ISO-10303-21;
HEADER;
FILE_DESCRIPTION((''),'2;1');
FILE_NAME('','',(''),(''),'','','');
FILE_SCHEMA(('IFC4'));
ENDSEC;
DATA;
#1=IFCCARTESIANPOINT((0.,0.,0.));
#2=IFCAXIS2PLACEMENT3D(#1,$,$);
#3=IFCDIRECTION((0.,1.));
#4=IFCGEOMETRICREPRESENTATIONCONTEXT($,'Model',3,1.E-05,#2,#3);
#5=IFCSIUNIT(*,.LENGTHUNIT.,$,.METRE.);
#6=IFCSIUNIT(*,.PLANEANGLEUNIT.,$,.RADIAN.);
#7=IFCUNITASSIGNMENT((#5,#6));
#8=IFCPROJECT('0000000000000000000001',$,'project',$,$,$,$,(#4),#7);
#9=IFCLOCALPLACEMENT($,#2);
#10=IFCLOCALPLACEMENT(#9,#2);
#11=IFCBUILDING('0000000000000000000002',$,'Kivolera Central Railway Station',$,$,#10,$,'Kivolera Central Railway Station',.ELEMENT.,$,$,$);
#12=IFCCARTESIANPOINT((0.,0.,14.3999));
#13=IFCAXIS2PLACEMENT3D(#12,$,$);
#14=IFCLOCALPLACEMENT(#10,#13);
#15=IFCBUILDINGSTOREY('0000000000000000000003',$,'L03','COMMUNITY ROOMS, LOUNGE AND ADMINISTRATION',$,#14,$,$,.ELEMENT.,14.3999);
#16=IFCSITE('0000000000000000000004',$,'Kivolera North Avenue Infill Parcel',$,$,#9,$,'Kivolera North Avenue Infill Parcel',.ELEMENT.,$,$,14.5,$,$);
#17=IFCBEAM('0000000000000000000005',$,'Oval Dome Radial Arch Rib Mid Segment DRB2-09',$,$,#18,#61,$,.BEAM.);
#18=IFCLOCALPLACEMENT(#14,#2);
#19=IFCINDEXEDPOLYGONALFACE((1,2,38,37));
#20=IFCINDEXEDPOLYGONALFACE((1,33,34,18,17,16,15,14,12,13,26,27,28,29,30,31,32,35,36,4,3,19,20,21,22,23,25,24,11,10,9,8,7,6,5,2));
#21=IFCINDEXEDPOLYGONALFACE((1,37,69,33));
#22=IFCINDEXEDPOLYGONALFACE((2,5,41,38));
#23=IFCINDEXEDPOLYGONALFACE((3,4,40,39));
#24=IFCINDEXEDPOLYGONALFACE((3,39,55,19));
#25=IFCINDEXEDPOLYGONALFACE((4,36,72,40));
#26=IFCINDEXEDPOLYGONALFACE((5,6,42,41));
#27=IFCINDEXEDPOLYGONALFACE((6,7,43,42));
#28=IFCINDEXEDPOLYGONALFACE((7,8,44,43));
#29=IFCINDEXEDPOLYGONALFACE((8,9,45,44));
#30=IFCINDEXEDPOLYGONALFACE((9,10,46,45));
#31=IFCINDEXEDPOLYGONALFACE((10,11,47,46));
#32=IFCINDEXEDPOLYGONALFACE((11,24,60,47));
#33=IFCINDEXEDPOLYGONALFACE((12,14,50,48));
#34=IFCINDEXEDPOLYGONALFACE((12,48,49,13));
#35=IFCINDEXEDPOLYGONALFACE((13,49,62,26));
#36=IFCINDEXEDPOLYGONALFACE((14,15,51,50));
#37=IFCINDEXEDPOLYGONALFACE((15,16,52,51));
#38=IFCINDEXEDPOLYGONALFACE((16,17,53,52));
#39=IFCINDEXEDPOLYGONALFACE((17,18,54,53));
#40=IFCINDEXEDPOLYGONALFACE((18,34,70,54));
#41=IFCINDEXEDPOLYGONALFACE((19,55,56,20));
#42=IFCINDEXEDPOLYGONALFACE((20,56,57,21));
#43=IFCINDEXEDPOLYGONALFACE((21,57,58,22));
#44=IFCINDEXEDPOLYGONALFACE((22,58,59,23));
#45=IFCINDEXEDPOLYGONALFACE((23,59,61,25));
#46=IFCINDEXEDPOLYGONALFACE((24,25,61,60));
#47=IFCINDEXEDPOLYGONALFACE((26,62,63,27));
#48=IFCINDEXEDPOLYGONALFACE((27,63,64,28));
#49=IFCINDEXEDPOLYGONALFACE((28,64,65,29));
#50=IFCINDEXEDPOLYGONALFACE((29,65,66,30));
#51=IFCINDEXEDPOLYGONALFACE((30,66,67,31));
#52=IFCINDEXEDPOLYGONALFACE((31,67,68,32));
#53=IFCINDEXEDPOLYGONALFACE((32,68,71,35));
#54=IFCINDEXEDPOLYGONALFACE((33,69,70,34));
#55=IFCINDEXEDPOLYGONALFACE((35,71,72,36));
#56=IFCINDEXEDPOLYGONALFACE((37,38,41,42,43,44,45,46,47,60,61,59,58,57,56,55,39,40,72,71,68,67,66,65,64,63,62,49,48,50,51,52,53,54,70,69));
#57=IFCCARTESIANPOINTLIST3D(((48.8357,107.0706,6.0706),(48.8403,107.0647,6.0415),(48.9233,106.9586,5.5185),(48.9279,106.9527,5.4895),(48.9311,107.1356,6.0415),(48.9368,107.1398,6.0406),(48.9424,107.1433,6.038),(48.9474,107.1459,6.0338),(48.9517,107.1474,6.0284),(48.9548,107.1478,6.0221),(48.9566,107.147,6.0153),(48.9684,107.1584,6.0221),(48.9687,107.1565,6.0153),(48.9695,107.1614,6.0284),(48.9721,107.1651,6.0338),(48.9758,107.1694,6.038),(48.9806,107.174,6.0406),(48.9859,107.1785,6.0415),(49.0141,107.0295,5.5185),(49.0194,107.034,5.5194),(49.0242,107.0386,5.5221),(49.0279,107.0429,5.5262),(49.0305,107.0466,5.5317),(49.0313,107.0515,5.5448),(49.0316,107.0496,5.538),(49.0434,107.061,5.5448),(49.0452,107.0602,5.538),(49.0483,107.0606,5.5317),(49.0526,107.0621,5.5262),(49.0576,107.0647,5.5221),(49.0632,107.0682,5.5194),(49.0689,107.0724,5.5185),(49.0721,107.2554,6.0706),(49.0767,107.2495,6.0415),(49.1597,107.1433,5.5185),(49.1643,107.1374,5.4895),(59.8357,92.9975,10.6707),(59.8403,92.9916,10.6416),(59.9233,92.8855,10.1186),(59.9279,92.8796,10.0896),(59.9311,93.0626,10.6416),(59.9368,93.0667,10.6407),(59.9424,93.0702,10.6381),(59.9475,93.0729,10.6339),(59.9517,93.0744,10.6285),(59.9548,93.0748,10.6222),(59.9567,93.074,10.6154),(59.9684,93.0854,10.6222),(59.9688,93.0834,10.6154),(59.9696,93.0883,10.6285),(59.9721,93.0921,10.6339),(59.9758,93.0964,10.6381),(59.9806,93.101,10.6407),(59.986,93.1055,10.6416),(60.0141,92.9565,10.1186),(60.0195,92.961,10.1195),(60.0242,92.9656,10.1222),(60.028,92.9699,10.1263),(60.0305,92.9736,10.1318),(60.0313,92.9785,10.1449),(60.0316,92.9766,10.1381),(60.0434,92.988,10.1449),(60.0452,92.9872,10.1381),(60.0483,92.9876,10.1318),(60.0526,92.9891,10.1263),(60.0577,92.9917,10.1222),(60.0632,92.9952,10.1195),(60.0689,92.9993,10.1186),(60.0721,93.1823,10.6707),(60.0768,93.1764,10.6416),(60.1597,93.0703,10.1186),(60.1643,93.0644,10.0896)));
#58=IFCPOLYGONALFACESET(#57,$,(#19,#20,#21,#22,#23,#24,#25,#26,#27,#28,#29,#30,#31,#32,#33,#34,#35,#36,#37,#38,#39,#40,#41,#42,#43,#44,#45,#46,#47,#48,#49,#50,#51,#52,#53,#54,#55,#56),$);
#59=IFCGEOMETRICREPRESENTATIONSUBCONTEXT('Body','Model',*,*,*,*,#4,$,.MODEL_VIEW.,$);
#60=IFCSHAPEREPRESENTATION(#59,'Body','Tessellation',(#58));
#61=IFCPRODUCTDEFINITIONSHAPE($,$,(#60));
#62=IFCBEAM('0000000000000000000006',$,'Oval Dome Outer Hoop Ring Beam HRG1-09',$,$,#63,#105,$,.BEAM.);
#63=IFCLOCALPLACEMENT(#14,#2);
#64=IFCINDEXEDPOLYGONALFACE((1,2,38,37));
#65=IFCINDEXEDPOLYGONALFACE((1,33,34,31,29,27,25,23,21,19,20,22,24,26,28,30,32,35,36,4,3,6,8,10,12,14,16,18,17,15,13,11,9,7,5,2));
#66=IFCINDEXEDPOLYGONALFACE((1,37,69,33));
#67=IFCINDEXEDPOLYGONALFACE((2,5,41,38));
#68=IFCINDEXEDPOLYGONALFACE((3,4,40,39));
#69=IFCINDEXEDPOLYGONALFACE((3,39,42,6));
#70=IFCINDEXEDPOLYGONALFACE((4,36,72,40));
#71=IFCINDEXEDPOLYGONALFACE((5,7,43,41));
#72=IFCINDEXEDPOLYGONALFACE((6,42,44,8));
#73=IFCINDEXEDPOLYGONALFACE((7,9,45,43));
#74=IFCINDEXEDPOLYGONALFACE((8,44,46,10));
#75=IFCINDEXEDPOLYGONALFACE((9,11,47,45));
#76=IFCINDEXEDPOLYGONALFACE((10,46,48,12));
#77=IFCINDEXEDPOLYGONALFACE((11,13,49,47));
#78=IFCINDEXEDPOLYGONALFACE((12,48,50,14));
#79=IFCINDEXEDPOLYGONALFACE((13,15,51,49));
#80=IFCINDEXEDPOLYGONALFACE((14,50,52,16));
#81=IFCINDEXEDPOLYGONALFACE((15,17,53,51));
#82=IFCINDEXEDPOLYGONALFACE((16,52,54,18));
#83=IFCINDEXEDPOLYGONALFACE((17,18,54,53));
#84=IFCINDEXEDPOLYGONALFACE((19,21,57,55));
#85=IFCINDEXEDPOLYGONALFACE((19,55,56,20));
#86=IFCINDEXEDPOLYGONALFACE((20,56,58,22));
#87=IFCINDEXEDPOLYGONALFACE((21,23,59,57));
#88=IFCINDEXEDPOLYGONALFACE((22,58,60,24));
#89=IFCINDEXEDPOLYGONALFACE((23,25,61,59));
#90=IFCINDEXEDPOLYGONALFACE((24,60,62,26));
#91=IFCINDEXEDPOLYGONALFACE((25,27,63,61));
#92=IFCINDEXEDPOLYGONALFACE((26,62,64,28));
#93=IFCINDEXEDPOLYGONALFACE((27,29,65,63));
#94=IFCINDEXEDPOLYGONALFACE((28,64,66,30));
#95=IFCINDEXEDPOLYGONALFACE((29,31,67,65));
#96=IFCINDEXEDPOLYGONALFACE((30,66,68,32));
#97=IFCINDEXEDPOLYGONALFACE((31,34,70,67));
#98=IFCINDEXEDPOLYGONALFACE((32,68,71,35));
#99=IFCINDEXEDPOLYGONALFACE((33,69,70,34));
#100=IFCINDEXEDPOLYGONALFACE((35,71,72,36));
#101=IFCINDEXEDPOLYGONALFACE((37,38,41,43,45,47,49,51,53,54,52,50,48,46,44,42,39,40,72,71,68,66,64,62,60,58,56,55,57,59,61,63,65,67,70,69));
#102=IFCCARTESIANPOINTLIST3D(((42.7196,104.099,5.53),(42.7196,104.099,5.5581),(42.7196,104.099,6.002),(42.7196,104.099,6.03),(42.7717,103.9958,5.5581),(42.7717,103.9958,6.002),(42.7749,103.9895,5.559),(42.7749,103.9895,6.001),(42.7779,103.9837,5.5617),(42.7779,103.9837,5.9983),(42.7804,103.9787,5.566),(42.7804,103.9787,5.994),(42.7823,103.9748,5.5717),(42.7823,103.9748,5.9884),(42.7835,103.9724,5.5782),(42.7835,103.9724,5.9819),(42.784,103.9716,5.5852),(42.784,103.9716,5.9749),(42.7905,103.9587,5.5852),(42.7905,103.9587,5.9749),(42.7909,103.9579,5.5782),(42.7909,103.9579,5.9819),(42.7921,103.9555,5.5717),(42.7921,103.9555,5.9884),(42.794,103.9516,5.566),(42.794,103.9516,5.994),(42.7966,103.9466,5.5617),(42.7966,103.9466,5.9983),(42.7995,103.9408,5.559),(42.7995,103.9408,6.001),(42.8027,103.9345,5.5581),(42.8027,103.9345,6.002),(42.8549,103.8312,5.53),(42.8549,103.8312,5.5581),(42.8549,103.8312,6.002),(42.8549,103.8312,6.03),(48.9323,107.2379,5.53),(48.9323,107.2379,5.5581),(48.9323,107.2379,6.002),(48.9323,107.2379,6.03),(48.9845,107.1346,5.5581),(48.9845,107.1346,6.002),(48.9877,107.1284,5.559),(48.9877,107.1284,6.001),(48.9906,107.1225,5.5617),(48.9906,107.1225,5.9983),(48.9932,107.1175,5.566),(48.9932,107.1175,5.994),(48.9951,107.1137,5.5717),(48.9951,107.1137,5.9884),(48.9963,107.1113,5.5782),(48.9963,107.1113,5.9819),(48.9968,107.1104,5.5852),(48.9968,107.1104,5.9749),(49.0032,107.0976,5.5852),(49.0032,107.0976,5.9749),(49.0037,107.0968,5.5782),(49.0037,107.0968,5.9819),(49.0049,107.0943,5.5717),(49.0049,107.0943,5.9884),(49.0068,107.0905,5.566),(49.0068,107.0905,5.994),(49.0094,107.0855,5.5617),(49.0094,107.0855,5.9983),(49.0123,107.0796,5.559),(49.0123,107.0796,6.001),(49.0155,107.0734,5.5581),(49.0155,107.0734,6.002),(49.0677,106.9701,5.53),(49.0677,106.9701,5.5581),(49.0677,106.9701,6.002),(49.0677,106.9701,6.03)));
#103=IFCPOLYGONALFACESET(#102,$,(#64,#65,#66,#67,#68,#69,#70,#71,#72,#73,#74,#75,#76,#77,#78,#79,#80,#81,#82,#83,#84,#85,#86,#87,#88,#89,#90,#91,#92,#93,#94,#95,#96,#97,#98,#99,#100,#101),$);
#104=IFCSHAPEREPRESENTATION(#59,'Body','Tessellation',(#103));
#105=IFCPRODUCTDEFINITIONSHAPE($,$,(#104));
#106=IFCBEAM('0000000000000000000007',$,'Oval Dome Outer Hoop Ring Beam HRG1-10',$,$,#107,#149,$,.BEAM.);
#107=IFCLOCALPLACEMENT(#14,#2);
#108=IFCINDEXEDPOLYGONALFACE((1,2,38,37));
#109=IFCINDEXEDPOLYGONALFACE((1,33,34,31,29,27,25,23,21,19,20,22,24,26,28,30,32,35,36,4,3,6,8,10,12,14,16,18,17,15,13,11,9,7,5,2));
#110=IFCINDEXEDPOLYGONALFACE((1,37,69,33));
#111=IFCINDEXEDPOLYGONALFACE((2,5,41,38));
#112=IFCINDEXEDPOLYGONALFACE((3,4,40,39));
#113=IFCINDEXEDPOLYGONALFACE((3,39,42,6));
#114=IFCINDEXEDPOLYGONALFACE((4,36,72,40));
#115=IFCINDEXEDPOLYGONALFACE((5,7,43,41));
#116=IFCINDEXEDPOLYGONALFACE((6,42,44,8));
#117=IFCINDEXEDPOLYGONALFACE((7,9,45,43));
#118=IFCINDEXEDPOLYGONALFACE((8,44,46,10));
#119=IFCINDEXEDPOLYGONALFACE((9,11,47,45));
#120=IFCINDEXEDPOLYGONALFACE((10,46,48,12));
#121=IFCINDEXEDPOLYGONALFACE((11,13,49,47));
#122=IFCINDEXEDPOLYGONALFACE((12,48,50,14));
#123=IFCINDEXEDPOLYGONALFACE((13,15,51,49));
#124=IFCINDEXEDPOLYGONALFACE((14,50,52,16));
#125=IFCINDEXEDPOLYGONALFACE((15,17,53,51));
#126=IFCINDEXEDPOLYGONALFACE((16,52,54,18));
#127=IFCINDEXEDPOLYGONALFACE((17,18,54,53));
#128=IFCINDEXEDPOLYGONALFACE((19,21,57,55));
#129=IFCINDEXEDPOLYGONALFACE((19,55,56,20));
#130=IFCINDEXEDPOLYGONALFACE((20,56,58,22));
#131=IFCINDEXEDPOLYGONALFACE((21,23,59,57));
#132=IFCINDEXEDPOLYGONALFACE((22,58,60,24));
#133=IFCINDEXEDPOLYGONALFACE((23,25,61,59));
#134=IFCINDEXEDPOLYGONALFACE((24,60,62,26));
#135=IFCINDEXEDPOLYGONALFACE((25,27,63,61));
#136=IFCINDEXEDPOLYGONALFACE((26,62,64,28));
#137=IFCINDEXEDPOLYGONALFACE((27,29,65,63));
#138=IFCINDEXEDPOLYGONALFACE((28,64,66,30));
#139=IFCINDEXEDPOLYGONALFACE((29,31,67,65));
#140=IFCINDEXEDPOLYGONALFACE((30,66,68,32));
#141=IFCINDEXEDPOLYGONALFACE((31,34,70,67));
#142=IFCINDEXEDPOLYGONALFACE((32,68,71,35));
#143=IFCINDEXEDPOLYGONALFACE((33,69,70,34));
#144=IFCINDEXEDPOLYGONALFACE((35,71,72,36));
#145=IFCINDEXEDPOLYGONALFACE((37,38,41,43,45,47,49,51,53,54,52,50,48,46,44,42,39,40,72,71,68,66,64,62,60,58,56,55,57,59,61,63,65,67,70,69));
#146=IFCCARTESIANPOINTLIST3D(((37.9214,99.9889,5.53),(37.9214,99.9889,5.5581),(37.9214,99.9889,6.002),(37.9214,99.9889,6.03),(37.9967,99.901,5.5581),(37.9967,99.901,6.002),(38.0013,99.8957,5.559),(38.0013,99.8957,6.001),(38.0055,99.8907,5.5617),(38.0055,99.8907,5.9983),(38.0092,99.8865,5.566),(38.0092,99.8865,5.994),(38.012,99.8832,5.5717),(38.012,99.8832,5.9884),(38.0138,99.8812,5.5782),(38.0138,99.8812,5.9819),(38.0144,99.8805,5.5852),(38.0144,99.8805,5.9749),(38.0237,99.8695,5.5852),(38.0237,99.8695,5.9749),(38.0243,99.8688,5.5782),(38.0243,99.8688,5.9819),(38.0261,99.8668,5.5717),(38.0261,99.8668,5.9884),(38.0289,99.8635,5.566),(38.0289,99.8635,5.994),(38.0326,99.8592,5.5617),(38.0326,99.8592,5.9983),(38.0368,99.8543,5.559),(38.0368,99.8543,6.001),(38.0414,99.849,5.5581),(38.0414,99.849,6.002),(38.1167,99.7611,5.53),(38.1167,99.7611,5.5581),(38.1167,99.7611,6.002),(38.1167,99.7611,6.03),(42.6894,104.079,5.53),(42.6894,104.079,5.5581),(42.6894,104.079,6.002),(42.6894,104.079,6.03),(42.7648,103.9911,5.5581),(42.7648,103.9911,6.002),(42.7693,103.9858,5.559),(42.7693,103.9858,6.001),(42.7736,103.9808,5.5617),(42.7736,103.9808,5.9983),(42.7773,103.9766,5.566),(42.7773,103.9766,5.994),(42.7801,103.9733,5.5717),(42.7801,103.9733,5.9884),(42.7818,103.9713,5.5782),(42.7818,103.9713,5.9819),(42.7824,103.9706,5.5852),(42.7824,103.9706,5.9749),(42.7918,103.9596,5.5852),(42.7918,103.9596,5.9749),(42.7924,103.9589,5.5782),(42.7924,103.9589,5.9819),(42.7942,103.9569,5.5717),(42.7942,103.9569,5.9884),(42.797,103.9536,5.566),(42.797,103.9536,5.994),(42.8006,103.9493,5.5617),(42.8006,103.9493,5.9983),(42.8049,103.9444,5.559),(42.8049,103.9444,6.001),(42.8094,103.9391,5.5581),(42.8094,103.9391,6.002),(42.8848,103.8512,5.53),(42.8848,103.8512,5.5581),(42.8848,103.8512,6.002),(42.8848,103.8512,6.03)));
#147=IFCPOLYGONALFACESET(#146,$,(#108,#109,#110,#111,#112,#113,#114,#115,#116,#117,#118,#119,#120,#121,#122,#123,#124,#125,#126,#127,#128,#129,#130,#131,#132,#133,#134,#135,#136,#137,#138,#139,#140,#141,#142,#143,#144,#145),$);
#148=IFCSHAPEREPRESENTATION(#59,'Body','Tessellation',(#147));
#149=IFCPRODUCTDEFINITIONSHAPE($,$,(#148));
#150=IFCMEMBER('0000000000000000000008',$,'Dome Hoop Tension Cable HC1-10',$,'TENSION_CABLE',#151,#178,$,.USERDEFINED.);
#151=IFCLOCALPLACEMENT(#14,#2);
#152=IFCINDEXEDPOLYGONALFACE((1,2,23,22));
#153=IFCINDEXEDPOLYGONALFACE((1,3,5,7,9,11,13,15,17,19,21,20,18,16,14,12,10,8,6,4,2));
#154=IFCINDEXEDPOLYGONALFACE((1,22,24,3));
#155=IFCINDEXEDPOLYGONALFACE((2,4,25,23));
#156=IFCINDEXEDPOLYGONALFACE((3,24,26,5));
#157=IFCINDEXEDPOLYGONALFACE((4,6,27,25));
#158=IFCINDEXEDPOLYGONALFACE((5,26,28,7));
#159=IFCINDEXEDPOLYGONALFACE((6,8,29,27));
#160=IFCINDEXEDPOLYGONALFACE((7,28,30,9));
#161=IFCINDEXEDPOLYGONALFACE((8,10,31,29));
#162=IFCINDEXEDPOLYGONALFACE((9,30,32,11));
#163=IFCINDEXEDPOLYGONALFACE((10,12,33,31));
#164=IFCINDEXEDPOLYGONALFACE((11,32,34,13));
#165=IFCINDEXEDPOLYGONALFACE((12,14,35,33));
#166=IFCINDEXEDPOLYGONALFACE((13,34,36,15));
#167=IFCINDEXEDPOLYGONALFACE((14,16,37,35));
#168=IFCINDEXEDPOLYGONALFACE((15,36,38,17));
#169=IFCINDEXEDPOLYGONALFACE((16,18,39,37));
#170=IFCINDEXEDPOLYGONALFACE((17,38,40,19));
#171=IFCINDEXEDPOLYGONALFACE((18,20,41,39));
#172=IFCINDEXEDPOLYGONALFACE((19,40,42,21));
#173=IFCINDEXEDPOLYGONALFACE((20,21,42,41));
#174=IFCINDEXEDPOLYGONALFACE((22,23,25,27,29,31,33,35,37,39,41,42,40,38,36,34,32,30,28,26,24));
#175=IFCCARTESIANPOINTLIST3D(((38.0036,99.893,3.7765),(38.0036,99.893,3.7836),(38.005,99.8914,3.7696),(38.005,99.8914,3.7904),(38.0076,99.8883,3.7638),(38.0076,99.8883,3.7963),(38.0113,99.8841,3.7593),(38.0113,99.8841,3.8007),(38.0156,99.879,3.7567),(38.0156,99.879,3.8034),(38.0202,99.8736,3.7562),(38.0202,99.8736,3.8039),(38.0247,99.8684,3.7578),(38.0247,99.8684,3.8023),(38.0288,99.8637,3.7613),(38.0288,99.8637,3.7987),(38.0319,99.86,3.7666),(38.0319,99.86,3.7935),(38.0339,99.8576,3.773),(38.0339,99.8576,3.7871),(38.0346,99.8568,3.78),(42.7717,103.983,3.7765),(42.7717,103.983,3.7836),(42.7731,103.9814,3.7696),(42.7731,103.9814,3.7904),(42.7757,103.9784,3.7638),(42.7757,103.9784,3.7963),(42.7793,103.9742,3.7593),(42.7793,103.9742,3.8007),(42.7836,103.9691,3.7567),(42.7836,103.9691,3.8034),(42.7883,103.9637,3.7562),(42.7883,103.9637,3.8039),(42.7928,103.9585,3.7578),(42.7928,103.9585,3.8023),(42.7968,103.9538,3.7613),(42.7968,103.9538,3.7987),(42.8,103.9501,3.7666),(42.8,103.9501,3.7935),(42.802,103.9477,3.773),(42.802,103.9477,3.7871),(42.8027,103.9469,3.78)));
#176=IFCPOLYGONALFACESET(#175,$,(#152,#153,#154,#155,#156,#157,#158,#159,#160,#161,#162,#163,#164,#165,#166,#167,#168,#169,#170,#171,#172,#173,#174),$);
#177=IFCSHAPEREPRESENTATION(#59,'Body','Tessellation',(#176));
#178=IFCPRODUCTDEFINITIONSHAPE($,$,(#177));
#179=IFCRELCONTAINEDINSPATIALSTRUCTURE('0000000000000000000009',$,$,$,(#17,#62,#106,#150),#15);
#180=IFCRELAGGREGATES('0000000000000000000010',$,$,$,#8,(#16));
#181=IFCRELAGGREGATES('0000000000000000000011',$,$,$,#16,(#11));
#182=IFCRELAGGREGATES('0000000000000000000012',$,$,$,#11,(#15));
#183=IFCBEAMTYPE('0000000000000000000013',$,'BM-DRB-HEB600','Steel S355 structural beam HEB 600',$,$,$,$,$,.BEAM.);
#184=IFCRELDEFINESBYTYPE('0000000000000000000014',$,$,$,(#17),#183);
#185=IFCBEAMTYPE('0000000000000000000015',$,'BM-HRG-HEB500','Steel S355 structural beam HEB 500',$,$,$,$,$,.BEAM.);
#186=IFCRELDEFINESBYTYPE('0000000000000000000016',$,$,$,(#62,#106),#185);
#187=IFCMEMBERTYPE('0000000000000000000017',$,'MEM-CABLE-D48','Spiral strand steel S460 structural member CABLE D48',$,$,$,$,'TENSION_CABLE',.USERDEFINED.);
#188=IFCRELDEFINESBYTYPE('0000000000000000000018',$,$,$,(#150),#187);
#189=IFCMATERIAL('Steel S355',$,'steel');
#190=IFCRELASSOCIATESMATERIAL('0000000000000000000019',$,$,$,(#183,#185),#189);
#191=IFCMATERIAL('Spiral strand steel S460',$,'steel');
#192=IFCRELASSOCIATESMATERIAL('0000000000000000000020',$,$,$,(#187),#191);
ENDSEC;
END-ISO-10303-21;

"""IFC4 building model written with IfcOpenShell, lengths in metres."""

from ifc_helpers import new_model, si_unit, direction, frame, origin, origin_2d, place, context, subcontext, project, spatial, circle, i_section, extrude, material, material_profile, profile_set, type_object, element, save


model = new_model("IFC4")

# Units and contexts
model_context = context("Model", 3, precision=1e-05, world=origin(), true_north=direction((0.0, 1.0)))
body_context = subcontext(model_context, "Body", "Model", "MODEL_VIEW")
ifc_project = project(units=[si_unit("LENGTHUNIT", "METRE"), si_unit("PLANEANGLEUNIT", "RADIAN")], contexts=[model_context])

# Site, building, storey
site_placement = place(None, origin())
site = spatial("IfcSite", under=ifc_project, at=site_placement, Name="Kivolera North Avenue Infill Parcel", LongName="Kivolera North Avenue Infill Parcel", CompositionType="ELEMENT", RefElevation=14.5)
building_placement = place(site_placement, origin())
building = spatial("IfcBuilding", under=site, at=building_placement, Name="Kivolera Central Railway Station", LongName="Kivolera Central Railway Station", CompositionType="ELEMENT")
storey_placement = place(building_placement, frame((0.0, 0.0, 14.3999)))
storey = spatial("IfcBuildingStorey", under=building, at=storey_placement, Name="L03", Description="COMMUNITY ROOMS, LOUNGE AND ADMINISTRATION", CompositionType="ELEMENT", Elevation=14.3999)

# Beams
ifc_material_1 = material(Name="Steel S355", Category="steel")
ifc_material_profile_1 = material_profile(ifc_material_1, i_section(OverallWidth=0.3, OverallDepth=0.6001, WebThickness=0.0154, FlangeThickness=0.03, FilletRadius=0.0271, at=origin_2d()), Name="HEB 600")
ifc_profile_set_1 = profile_set([ifc_material_profile_1], Name="Steel S355")
beam_type_1 = type_object("IfcBeamType", Name="BM-DRB-HEB600", Description="Steel S355 structural beam HEB 600", PredefinedType="BEAM", material=ifc_profile_set_1)
beam_1_placement = place(storey_placement, frame((49.0, 107.104, 5.78), z_axis=(0.596374, -0.76298, 0.249398), x_axis=(0.787876, 0.615834, 0.0)))
element("IfcBeam", 1, at=beam_1_placement, inside=storey, type_object=beam_type_1, Name="Oval Dome Radial Arch Rib Mid Segment DRB2-09", PredefinedType="BEAM", context=body_context, shape_type="SweptSolid", body=[
    extrude(i_section(OverallWidth=0.3, OverallDepth=0.6001, WebThickness=0.0154, FlangeThickness=0.03, FilletRadius=0.0271, at=origin_2d()), origin(), (0.0, 0.0, 1.0), 18.4448),
])
ifc_material_profile_2 = material_profile(ifc_material_1, i_section(OverallWidth=0.3, OverallDepth=0.5, WebThickness=0.0144, FlangeThickness=0.0281, FilletRadius=0.0271, at=origin_2d()), Name="HEB 500")
ifc_profile_set_2 = profile_set([ifc_material_profile_2], Name="Steel S355")
beam_type_2 = type_object("IfcBeamType", Name="BM-HRG-HEB500", Description="Steel S355 structural beam HEB 500", PredefinedType="BEAM", material=ifc_profile_set_2)
beam_2_placement = place(storey_placement, frame((49.0, 107.104, 5.78), z_axis=(-0.892553, -0.450942, 0.0), x_axis=(0.450942, -0.892553, 0.0)))
element("IfcBeam", 2, at=beam_2_placement, inside=storey, type_object=beam_type_2, Name="Oval Dome Outer Hoop Ring Beam HRG1-09", PredefinedType="BEAM", context=body_context, shape_type="SweptSolid", body=[
    extrude(i_section(OverallWidth=0.3, OverallDepth=0.5, WebThickness=0.0144, FlangeThickness=0.0281, FilletRadius=0.0271, at=origin_2d()), origin(), (0.0, 0.0, 1.0), 6.9607),
])
beam_3_placement = place(storey_placement, frame((42.7871, 103.9651, 5.78), z_axis=(-0.759007, -0.651083, 0.0), x_axis=(0.651083, -0.759007, 0.0)))
element("IfcBeam", 3, at=beam_3_placement, inside=storey, type_object=beam_type_2, Name="Oval Dome Outer Hoop Ring Beam HRG1-10", PredefinedType="BEAM", context=body_context, shape_type="SweptSolid", body=[
    extrude(i_section(OverallWidth=0.3, OverallDepth=0.5, WebThickness=0.0144, FlangeThickness=0.0281, FilletRadius=0.0271, at=origin_2d()), origin(), (0.0, 0.0, 1.0), 6.282),
])

# Member
ifc_material_2 = material(Name="Spiral strand steel S460", Category="steel")
ifc_material_profile_3 = material_profile(ifc_material_2, circle(Radius=0.0239, at=origin_2d()), Name="CABLE D48")
ifc_profile_set_3 = profile_set([ifc_material_profile_3], Name="Spiral strand steel S460")
member_type_1 = type_object("IfcMemberType", Name="MEM-CABLE-D48", Description="Spiral strand steel S460 structural member CABLE D48", ElementType="TENSION_CABLE", PredefinedType="USERDEFINED", material=ifc_profile_set_3)
member_1_placement = place(storey_placement, frame((42.7871, 103.9651, 3.78), z_axis=(-0.759007, -0.651083, 0.0), x_axis=(0.651083, -0.759007, 0.0)))
element("IfcMember", 4, at=member_1_placement, inside=storey, type_object=member_type_1, Name="Dome Hoop Tension Cable HC1-10", ObjectType="TENSION_CABLE", PredefinedType="USERDEFINED", context=body_context, shape_type="SweptSolid", body=[
    extrude(circle(Radius=0.0239, at=origin_2d()), origin(), (0.0, 0.0, 1.0), 6.282),
])

save(model, "model.ifc")
